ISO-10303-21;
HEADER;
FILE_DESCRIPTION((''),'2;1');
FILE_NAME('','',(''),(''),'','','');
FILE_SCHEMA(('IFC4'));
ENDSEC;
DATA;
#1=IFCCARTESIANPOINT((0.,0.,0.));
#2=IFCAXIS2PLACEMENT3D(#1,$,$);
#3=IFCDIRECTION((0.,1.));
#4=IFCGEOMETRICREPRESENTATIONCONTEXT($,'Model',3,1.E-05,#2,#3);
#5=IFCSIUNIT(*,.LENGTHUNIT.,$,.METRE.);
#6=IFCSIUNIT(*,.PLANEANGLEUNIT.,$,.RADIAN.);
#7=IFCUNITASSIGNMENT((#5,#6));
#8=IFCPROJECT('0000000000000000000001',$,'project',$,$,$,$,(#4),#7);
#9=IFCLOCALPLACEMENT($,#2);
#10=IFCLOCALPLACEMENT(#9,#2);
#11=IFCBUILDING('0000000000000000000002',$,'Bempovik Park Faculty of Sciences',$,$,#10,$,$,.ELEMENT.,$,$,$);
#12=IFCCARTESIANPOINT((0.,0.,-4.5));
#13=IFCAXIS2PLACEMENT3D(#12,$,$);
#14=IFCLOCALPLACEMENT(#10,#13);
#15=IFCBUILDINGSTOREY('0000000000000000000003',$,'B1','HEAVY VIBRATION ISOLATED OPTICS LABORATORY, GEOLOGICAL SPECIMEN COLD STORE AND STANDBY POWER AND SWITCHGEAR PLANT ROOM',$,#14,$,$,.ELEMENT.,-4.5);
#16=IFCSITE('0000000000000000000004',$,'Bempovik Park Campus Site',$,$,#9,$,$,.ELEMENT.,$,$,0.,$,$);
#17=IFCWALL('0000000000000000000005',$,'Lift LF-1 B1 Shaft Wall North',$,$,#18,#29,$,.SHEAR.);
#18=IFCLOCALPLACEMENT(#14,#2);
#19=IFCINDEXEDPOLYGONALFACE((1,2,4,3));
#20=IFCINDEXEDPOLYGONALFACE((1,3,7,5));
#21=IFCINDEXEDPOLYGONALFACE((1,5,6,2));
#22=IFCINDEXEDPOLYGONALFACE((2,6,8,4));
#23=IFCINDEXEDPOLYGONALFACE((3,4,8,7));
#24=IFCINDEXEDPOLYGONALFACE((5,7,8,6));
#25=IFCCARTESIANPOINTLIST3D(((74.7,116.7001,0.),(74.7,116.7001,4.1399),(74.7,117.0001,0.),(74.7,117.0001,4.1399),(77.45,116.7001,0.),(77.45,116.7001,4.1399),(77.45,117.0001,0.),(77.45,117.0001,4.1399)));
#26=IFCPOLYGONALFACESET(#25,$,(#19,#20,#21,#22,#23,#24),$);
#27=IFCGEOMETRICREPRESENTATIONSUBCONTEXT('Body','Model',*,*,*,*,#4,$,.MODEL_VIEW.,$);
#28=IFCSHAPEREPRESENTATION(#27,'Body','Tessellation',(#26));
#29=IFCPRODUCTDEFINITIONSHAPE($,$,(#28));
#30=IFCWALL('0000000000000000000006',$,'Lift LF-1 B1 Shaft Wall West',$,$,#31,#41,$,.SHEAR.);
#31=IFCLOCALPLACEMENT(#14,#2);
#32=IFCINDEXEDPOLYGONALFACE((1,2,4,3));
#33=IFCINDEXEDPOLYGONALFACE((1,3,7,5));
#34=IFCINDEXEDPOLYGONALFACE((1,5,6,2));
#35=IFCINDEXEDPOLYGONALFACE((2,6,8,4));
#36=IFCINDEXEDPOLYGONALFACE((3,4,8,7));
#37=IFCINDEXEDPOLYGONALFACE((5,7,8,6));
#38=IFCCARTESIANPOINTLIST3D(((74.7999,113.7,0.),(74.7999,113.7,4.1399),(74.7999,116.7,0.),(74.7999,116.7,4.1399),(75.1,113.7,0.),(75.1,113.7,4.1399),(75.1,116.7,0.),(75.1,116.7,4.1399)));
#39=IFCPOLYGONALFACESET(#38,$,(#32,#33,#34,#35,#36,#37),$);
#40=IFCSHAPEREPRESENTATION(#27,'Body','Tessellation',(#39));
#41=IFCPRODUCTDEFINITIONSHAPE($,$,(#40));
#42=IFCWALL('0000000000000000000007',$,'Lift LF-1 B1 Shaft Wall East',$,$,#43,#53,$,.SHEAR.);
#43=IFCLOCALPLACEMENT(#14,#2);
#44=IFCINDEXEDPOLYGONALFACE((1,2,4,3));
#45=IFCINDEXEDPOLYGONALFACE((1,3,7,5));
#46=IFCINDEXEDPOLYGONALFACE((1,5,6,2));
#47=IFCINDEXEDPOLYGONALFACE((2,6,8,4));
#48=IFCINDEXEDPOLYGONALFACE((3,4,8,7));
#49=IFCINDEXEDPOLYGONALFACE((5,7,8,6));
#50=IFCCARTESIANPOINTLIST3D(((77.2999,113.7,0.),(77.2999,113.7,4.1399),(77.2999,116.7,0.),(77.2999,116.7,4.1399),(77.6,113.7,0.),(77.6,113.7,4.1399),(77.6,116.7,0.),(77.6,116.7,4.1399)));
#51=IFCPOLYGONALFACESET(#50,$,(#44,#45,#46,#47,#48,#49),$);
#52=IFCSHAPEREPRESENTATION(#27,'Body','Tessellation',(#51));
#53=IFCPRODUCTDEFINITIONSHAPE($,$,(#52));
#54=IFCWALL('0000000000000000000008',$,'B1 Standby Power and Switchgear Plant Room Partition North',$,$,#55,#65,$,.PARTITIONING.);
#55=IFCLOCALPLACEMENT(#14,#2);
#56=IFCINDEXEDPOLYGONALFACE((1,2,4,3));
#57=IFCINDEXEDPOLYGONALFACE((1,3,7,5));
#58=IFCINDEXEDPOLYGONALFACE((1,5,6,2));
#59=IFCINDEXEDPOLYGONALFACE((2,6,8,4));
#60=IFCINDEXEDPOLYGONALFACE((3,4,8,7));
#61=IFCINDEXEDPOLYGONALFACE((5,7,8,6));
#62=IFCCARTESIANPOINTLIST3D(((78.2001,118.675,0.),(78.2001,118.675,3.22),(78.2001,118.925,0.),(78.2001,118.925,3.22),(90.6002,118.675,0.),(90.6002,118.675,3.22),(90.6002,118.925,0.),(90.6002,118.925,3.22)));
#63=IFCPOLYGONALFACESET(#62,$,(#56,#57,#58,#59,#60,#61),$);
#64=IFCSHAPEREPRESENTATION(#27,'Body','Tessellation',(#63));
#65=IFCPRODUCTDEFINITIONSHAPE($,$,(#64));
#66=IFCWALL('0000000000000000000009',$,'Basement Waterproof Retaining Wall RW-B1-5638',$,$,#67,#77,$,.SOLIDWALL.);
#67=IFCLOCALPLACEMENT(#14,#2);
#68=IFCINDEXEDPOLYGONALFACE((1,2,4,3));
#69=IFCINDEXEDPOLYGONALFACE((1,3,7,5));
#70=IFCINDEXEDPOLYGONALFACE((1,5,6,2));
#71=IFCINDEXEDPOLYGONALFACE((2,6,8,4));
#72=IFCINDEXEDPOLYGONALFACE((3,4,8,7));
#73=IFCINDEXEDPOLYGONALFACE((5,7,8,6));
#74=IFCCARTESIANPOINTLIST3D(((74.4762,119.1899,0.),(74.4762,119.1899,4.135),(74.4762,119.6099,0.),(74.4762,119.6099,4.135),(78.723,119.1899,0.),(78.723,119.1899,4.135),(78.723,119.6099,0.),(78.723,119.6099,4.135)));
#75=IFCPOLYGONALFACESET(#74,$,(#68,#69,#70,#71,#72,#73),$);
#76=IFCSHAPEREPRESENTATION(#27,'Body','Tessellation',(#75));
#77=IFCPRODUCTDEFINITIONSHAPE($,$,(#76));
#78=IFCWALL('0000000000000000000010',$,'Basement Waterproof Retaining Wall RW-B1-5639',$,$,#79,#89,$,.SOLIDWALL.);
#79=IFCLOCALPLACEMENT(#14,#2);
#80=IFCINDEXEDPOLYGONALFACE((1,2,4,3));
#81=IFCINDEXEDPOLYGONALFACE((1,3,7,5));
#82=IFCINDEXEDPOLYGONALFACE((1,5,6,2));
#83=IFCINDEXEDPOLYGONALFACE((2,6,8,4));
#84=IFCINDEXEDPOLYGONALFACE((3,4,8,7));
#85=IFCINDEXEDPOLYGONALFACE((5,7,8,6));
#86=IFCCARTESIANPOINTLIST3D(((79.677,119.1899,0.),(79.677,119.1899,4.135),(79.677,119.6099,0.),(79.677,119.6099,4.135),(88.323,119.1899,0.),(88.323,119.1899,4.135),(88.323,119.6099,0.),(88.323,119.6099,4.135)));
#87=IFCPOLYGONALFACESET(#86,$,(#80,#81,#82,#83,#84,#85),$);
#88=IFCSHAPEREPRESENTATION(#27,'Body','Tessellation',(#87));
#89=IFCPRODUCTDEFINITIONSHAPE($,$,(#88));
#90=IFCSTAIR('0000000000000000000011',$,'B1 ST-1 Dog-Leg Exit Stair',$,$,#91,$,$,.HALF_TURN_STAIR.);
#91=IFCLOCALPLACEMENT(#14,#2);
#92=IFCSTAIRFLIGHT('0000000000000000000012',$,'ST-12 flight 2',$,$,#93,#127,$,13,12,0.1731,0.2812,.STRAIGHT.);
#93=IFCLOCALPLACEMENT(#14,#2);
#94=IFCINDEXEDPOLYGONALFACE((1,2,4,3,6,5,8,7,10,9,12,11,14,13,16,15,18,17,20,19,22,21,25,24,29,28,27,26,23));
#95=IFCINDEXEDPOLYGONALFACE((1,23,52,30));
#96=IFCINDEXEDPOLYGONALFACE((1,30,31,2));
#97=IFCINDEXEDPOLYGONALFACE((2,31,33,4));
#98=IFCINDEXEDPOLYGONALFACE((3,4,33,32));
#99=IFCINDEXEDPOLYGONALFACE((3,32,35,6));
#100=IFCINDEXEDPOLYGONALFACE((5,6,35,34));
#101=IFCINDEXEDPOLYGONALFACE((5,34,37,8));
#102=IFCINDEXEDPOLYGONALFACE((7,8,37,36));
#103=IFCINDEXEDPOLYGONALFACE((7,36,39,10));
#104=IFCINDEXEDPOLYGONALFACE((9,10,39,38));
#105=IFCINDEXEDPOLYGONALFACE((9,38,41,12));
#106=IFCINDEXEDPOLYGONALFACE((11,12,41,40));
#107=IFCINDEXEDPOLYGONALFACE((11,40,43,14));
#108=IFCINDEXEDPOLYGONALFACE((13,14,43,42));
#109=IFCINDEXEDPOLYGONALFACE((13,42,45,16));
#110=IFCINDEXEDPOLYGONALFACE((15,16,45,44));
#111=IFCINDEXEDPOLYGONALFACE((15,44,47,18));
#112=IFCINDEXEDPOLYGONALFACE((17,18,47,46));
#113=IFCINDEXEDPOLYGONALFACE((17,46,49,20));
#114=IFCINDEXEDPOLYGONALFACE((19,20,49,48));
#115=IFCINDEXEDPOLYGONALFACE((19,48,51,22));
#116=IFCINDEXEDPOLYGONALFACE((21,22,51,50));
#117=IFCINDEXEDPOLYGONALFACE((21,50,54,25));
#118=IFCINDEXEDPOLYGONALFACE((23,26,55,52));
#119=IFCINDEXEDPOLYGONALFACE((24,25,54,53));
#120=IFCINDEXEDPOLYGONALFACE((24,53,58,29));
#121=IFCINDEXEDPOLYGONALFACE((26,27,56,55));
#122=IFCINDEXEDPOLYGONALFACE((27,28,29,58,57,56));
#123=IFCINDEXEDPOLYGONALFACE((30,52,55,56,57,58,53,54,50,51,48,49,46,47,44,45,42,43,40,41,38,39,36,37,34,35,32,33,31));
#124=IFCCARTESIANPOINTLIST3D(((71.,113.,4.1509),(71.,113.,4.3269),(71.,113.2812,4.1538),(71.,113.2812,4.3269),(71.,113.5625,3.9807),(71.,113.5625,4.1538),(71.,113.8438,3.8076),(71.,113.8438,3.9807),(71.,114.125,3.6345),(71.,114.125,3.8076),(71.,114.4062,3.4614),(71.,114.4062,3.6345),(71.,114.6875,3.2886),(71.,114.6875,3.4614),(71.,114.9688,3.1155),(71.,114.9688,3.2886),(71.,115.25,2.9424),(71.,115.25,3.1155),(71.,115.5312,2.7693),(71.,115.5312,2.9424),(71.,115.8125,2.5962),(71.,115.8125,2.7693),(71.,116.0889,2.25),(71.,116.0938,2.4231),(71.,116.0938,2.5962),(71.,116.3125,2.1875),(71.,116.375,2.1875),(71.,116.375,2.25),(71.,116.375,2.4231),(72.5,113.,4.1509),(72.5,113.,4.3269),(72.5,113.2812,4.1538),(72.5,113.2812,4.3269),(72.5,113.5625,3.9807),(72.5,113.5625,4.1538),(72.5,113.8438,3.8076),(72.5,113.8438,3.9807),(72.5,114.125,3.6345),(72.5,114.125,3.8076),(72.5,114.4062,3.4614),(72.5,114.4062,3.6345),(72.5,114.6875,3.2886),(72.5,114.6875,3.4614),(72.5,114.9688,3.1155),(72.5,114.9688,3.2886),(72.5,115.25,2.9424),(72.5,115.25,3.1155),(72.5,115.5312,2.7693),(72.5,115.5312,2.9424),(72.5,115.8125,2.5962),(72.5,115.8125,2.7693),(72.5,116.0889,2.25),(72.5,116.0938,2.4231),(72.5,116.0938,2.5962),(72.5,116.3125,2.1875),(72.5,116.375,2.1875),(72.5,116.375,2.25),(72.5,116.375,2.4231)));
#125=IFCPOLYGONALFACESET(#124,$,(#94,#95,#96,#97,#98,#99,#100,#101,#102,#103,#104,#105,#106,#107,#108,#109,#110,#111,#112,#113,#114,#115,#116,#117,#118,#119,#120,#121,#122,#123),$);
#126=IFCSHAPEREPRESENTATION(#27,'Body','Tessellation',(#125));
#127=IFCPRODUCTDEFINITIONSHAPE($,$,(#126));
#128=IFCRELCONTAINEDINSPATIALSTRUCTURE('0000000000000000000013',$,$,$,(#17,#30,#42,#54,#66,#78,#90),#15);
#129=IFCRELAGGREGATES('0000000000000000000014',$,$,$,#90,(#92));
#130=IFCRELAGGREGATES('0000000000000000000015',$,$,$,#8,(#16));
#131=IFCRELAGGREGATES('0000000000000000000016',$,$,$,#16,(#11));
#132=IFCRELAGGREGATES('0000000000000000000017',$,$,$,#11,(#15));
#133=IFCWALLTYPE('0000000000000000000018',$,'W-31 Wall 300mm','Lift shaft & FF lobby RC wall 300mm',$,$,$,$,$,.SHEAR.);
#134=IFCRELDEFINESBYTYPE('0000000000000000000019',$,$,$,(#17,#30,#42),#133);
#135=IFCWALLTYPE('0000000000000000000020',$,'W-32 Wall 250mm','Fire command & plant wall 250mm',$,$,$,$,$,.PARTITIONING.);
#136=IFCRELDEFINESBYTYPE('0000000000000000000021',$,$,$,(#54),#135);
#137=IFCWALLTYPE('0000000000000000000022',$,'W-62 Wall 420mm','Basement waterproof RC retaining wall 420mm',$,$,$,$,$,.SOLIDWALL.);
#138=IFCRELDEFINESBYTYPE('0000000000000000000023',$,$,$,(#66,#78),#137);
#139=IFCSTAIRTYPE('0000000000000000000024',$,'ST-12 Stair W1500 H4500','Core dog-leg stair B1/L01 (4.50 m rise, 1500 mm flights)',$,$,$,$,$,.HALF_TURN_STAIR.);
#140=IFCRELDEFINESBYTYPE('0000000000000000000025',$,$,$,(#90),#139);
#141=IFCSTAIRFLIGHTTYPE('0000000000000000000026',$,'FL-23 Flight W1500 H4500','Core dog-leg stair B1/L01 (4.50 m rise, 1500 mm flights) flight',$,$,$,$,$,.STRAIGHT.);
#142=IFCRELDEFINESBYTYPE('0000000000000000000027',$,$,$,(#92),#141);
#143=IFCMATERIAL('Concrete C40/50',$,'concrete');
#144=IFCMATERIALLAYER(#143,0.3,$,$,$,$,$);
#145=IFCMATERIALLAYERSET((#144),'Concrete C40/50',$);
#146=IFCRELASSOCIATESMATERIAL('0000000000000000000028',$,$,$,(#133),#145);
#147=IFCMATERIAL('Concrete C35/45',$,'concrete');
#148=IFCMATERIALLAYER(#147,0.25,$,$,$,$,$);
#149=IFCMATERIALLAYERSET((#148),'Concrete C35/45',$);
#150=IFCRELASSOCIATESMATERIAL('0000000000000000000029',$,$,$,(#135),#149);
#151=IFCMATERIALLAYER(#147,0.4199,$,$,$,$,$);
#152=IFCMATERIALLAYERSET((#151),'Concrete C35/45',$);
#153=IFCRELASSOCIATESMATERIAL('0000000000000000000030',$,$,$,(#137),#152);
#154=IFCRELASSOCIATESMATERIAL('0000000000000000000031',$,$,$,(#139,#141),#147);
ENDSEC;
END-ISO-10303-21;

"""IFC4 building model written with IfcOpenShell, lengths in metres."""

from ifc_helpers import new_model, si_unit, direction, frame, frame_2d, origin, place, context, subcontext, project, spatial, polyline, rectangle, outline, extrude, material, layer, layer_set, type_object, element, aggregate, save


model = new_model("IFC4")

# Units and contexts
model_context = context("Model", 3, precision=1e-05, world=origin(), true_north=direction((0.0, 1.0)))
body_context = subcontext(model_context, "Body", "Model", "MODEL_VIEW")
ifc_project = project(units=[si_unit("LENGTHUNIT", "METRE"), si_unit("PLANEANGLEUNIT", "RADIAN")], contexts=[model_context])

# Site, building, storey
site_placement = place(None, origin())
site = spatial("IfcSite", under=ifc_project, at=site_placement, Name="Bempovik Park Campus Site", CompositionType="ELEMENT", RefElevation=0.0)
building_placement = place(site_placement, origin())
building = spatial("IfcBuilding", under=site, at=building_placement, Name="Bempovik Park Faculty of Sciences", CompositionType="ELEMENT")
storey_placement = place(building_placement, frame((0.0, 0.0, -4.5)))
storey = spatial("IfcBuildingStorey", under=building, at=storey_placement, Name="B1", Description="HEAVY VIBRATION ISOLATED OPTICS LABORATORY, GEOLOGICAL SPECIMEN COLD STORE AND STANDBY POWER AND SWITCHGEAR PLANT ROOM", CompositionType="ELEMENT", Elevation=-4.5)

# Shared definitions
ifc_material_1 = material(Name="Concrete C35/45", Category="concrete")

# Shared definitions
ifc_material_2 = material(Name="Concrete C40/50", Category="concrete")

# Shared definitions
ifc_layer_1 = layer(ifc_material_2, 0.3)
ifc_layer_set_1 = layer_set([ifc_layer_1], Name="Concrete C40/50")
wall_type_1 = type_object("IfcWallType", Name="W-31 Wall 300mm", Description="Lift shaft & FF lobby RC wall 300mm", PredefinedType="SHEAR", material=ifc_layer_set_1)

# Walls
wall_1_placement = place(storey_placement, frame((74.7, 116.8501, 0.0), z_axis=(0.0, 0.0, 1.0), x_axis=(1.0, 0.0, 0.0)))
element("IfcWall", 1, at=wall_1_placement, inside=storey, type_object=wall_type_1, Name="Lift LF-1 B1 Shaft Wall North", PredefinedType="SHEAR", context=body_context, shape_type="SweptSolid", body=[
    extrude(rectangle(XDim=2.75, YDim=0.3, at=frame_2d((1.375, 0.0))), origin(), (0.0, 0.0, 1.0), 4.1399),
])
for number, where, z_axis, x_axis, name in (
    (2, (74.95, 113.7, 0.0), (0.0, 0.0, 1.0), (0.0, 1.0, 0.0), "Lift LF-1 B1 Shaft Wall West"),
    (3, (77.45, 113.7, 0.0), (0.0, 0.0, 1.0), (0.0, 1.0, 0.0), "Lift LF-1 B1 Shaft Wall East"),
):
    element("IfcWall", number, at=place(storey_placement, frame(where, z_axis=z_axis, x_axis=x_axis)), inside=storey, type_object=wall_type_1, Name=name, PredefinedType="SHEAR", context=body_context, shape_type="SweptSolid", body=[
        extrude(rectangle(XDim=3.0, YDim=0.3, at=frame_2d((1.5, 0.0))), origin(), (0.0, 0.0, 1.0), 4.1399),
    ])
ifc_layer_2 = layer(ifc_material_1, 0.25)
ifc_layer_set_2 = layer_set([ifc_layer_2], Name="Concrete C35/45")
wall_type_2 = type_object("IfcWallType", Name="W-32 Wall 250mm", Description="Fire command & plant wall 250mm", PredefinedType="PARTITIONING", material=ifc_layer_set_2)
wall_2_placement = place(storey_placement, frame((78.2, 118.8, 0.0), z_axis=(0.0, 0.0, 1.0), x_axis=(1.0, 0.0, 0.0)))
element("IfcWall", 4, at=wall_2_placement, inside=storey, type_object=wall_type_2, Name="B1 Standby Power and Switchgear Plant Room Partition North", PredefinedType="PARTITIONING", context=body_context, shape_type="SweptSolid", body=[
    extrude(rectangle(XDim=12.4001, YDim=0.25, at=frame_2d((6.2002, 0.0))), origin(), (0.0, 0.0, 1.0), 3.22),
])
ifc_layer_3 = layer(ifc_material_1, 0.4199)
ifc_layer_set_3 = layer_set([ifc_layer_3], Name="Concrete C35/45")
wall_type_3 = type_object("IfcWallType", Name="W-62 Wall 420mm", Description="Basement waterproof RC retaining wall 420mm", PredefinedType="SOLIDWALL", material=ifc_layer_set_3)
wall_3_placement = place(storey_placement, frame((74.4761, 119.3999, 0.0), z_axis=(0.0, 0.0, 1.0), x_axis=(1.0, 0.0, 0.0)))
element("IfcWall", 5, at=wall_3_placement, inside=storey, type_object=wall_type_3, Name="Basement Waterproof Retaining Wall RW-B1-5638", PredefinedType="SOLIDWALL", context=body_context, shape_type="SweptSolid", body=[
    extrude(rectangle(XDim=4.2468, YDim=0.4199, at=frame_2d((2.1235, 0.0))), origin(), (0.0, 0.0, 1.0), 4.135),
])
wall_4_placement = place(storey_placement, frame((79.677, 119.3999, 0.0), z_axis=(0.0, 0.0, 1.0), x_axis=(1.0, 0.0, 0.0)))
element("IfcWall", 6, at=wall_4_placement, inside=storey, type_object=wall_type_3, Name="Basement Waterproof Retaining Wall RW-B1-5639", PredefinedType="SOLIDWALL", context=body_context, shape_type="SweptSolid", body=[
    extrude(rectangle(XDim=8.646, YDim=0.4199, at=frame_2d((4.323, 0.0))), origin(), (0.0, 0.0, 1.0), 4.135),
])

# Stair, stair flight
stair_type = type_object("IfcStairType", Name="ST-12 Stair W1500 H4500", Description="Core dog-leg stair B1/L01 (4.50 m rise, 1500 mm flights)", PredefinedType="HALF_TURN_STAIR", material=ifc_material_1)
stair_placement = place(storey_placement, origin())
stair = element("IfcStair", 7, at=stair_placement, inside=storey, type_object=stair_type, Name="B1 ST-1 Dog-Leg Exit Stair", PredefinedType="HALF_TURN_STAIR")
stair_flight_type = type_object("IfcStairFlightType", Name="FL-23 Flight W1500 H4500", Description="Core dog-leg stair B1/L01 (4.50 m rise, 1500 mm flights) flight", PredefinedType="STRAIGHT", material=ifc_material_1)
stair_flight_placement = place(storey_placement, frame((71.75, 116.375, 2.25), z_axis=(0.0, 0.0, 1.0), x_axis=(0.0, -1.0, 0.0)))
stair_flight = element("IfcStairFlight", 8, at=stair_flight_placement, type_object=stair_flight_type, Name="ST-12 flight 2", NumberOfRisers=13, NumberOfTreads=12, PredefinedType="STRAIGHT", RiserHeight=0.1731, TreadLength=0.2812, context=body_context, shape_type="SweptSolid", body=[
    extrude(outline(polyline([(0.0, 0.0), (0.0, 0.1731), (0.2812, 0.1731), (0.2812, 0.3462), (0.5625, 0.3462), (0.5625, 0.5193), (0.8438, 0.5193), (0.8438, 0.6924), (1.125, 0.6924), (1.125, 0.8655), (1.4062, 0.8655), (1.4062, 1.0386), (1.6875, 1.0386), (1.6875, 1.2114), (1.9688, 1.2114), (1.9688, 1.3845), (2.25, 1.3845), (2.25, 1.5576), (2.5312, 1.5576), (2.5312, 1.7307), (2.8125, 1.7307), (2.8125, 1.9038), (3.0938, 1.9038), (3.0938, 2.0769), (3.375, 2.0769), (3.375, 2.25), (3.375, 1.9009), (0.2861, 0.0), (0.0625, -0.0625), (0.0, -0.0625), (0.0, 0.0)])), frame((0.0, 0.75, 0.0), z_axis=(0.0, -1.0, 0.0), x_axis=(1.0, 0.0, 0.0)), (0.0, 0.0, 1.0), 1.5),
])
aggregate(stair, [stair_flight])

save(model, "model.ifc")
